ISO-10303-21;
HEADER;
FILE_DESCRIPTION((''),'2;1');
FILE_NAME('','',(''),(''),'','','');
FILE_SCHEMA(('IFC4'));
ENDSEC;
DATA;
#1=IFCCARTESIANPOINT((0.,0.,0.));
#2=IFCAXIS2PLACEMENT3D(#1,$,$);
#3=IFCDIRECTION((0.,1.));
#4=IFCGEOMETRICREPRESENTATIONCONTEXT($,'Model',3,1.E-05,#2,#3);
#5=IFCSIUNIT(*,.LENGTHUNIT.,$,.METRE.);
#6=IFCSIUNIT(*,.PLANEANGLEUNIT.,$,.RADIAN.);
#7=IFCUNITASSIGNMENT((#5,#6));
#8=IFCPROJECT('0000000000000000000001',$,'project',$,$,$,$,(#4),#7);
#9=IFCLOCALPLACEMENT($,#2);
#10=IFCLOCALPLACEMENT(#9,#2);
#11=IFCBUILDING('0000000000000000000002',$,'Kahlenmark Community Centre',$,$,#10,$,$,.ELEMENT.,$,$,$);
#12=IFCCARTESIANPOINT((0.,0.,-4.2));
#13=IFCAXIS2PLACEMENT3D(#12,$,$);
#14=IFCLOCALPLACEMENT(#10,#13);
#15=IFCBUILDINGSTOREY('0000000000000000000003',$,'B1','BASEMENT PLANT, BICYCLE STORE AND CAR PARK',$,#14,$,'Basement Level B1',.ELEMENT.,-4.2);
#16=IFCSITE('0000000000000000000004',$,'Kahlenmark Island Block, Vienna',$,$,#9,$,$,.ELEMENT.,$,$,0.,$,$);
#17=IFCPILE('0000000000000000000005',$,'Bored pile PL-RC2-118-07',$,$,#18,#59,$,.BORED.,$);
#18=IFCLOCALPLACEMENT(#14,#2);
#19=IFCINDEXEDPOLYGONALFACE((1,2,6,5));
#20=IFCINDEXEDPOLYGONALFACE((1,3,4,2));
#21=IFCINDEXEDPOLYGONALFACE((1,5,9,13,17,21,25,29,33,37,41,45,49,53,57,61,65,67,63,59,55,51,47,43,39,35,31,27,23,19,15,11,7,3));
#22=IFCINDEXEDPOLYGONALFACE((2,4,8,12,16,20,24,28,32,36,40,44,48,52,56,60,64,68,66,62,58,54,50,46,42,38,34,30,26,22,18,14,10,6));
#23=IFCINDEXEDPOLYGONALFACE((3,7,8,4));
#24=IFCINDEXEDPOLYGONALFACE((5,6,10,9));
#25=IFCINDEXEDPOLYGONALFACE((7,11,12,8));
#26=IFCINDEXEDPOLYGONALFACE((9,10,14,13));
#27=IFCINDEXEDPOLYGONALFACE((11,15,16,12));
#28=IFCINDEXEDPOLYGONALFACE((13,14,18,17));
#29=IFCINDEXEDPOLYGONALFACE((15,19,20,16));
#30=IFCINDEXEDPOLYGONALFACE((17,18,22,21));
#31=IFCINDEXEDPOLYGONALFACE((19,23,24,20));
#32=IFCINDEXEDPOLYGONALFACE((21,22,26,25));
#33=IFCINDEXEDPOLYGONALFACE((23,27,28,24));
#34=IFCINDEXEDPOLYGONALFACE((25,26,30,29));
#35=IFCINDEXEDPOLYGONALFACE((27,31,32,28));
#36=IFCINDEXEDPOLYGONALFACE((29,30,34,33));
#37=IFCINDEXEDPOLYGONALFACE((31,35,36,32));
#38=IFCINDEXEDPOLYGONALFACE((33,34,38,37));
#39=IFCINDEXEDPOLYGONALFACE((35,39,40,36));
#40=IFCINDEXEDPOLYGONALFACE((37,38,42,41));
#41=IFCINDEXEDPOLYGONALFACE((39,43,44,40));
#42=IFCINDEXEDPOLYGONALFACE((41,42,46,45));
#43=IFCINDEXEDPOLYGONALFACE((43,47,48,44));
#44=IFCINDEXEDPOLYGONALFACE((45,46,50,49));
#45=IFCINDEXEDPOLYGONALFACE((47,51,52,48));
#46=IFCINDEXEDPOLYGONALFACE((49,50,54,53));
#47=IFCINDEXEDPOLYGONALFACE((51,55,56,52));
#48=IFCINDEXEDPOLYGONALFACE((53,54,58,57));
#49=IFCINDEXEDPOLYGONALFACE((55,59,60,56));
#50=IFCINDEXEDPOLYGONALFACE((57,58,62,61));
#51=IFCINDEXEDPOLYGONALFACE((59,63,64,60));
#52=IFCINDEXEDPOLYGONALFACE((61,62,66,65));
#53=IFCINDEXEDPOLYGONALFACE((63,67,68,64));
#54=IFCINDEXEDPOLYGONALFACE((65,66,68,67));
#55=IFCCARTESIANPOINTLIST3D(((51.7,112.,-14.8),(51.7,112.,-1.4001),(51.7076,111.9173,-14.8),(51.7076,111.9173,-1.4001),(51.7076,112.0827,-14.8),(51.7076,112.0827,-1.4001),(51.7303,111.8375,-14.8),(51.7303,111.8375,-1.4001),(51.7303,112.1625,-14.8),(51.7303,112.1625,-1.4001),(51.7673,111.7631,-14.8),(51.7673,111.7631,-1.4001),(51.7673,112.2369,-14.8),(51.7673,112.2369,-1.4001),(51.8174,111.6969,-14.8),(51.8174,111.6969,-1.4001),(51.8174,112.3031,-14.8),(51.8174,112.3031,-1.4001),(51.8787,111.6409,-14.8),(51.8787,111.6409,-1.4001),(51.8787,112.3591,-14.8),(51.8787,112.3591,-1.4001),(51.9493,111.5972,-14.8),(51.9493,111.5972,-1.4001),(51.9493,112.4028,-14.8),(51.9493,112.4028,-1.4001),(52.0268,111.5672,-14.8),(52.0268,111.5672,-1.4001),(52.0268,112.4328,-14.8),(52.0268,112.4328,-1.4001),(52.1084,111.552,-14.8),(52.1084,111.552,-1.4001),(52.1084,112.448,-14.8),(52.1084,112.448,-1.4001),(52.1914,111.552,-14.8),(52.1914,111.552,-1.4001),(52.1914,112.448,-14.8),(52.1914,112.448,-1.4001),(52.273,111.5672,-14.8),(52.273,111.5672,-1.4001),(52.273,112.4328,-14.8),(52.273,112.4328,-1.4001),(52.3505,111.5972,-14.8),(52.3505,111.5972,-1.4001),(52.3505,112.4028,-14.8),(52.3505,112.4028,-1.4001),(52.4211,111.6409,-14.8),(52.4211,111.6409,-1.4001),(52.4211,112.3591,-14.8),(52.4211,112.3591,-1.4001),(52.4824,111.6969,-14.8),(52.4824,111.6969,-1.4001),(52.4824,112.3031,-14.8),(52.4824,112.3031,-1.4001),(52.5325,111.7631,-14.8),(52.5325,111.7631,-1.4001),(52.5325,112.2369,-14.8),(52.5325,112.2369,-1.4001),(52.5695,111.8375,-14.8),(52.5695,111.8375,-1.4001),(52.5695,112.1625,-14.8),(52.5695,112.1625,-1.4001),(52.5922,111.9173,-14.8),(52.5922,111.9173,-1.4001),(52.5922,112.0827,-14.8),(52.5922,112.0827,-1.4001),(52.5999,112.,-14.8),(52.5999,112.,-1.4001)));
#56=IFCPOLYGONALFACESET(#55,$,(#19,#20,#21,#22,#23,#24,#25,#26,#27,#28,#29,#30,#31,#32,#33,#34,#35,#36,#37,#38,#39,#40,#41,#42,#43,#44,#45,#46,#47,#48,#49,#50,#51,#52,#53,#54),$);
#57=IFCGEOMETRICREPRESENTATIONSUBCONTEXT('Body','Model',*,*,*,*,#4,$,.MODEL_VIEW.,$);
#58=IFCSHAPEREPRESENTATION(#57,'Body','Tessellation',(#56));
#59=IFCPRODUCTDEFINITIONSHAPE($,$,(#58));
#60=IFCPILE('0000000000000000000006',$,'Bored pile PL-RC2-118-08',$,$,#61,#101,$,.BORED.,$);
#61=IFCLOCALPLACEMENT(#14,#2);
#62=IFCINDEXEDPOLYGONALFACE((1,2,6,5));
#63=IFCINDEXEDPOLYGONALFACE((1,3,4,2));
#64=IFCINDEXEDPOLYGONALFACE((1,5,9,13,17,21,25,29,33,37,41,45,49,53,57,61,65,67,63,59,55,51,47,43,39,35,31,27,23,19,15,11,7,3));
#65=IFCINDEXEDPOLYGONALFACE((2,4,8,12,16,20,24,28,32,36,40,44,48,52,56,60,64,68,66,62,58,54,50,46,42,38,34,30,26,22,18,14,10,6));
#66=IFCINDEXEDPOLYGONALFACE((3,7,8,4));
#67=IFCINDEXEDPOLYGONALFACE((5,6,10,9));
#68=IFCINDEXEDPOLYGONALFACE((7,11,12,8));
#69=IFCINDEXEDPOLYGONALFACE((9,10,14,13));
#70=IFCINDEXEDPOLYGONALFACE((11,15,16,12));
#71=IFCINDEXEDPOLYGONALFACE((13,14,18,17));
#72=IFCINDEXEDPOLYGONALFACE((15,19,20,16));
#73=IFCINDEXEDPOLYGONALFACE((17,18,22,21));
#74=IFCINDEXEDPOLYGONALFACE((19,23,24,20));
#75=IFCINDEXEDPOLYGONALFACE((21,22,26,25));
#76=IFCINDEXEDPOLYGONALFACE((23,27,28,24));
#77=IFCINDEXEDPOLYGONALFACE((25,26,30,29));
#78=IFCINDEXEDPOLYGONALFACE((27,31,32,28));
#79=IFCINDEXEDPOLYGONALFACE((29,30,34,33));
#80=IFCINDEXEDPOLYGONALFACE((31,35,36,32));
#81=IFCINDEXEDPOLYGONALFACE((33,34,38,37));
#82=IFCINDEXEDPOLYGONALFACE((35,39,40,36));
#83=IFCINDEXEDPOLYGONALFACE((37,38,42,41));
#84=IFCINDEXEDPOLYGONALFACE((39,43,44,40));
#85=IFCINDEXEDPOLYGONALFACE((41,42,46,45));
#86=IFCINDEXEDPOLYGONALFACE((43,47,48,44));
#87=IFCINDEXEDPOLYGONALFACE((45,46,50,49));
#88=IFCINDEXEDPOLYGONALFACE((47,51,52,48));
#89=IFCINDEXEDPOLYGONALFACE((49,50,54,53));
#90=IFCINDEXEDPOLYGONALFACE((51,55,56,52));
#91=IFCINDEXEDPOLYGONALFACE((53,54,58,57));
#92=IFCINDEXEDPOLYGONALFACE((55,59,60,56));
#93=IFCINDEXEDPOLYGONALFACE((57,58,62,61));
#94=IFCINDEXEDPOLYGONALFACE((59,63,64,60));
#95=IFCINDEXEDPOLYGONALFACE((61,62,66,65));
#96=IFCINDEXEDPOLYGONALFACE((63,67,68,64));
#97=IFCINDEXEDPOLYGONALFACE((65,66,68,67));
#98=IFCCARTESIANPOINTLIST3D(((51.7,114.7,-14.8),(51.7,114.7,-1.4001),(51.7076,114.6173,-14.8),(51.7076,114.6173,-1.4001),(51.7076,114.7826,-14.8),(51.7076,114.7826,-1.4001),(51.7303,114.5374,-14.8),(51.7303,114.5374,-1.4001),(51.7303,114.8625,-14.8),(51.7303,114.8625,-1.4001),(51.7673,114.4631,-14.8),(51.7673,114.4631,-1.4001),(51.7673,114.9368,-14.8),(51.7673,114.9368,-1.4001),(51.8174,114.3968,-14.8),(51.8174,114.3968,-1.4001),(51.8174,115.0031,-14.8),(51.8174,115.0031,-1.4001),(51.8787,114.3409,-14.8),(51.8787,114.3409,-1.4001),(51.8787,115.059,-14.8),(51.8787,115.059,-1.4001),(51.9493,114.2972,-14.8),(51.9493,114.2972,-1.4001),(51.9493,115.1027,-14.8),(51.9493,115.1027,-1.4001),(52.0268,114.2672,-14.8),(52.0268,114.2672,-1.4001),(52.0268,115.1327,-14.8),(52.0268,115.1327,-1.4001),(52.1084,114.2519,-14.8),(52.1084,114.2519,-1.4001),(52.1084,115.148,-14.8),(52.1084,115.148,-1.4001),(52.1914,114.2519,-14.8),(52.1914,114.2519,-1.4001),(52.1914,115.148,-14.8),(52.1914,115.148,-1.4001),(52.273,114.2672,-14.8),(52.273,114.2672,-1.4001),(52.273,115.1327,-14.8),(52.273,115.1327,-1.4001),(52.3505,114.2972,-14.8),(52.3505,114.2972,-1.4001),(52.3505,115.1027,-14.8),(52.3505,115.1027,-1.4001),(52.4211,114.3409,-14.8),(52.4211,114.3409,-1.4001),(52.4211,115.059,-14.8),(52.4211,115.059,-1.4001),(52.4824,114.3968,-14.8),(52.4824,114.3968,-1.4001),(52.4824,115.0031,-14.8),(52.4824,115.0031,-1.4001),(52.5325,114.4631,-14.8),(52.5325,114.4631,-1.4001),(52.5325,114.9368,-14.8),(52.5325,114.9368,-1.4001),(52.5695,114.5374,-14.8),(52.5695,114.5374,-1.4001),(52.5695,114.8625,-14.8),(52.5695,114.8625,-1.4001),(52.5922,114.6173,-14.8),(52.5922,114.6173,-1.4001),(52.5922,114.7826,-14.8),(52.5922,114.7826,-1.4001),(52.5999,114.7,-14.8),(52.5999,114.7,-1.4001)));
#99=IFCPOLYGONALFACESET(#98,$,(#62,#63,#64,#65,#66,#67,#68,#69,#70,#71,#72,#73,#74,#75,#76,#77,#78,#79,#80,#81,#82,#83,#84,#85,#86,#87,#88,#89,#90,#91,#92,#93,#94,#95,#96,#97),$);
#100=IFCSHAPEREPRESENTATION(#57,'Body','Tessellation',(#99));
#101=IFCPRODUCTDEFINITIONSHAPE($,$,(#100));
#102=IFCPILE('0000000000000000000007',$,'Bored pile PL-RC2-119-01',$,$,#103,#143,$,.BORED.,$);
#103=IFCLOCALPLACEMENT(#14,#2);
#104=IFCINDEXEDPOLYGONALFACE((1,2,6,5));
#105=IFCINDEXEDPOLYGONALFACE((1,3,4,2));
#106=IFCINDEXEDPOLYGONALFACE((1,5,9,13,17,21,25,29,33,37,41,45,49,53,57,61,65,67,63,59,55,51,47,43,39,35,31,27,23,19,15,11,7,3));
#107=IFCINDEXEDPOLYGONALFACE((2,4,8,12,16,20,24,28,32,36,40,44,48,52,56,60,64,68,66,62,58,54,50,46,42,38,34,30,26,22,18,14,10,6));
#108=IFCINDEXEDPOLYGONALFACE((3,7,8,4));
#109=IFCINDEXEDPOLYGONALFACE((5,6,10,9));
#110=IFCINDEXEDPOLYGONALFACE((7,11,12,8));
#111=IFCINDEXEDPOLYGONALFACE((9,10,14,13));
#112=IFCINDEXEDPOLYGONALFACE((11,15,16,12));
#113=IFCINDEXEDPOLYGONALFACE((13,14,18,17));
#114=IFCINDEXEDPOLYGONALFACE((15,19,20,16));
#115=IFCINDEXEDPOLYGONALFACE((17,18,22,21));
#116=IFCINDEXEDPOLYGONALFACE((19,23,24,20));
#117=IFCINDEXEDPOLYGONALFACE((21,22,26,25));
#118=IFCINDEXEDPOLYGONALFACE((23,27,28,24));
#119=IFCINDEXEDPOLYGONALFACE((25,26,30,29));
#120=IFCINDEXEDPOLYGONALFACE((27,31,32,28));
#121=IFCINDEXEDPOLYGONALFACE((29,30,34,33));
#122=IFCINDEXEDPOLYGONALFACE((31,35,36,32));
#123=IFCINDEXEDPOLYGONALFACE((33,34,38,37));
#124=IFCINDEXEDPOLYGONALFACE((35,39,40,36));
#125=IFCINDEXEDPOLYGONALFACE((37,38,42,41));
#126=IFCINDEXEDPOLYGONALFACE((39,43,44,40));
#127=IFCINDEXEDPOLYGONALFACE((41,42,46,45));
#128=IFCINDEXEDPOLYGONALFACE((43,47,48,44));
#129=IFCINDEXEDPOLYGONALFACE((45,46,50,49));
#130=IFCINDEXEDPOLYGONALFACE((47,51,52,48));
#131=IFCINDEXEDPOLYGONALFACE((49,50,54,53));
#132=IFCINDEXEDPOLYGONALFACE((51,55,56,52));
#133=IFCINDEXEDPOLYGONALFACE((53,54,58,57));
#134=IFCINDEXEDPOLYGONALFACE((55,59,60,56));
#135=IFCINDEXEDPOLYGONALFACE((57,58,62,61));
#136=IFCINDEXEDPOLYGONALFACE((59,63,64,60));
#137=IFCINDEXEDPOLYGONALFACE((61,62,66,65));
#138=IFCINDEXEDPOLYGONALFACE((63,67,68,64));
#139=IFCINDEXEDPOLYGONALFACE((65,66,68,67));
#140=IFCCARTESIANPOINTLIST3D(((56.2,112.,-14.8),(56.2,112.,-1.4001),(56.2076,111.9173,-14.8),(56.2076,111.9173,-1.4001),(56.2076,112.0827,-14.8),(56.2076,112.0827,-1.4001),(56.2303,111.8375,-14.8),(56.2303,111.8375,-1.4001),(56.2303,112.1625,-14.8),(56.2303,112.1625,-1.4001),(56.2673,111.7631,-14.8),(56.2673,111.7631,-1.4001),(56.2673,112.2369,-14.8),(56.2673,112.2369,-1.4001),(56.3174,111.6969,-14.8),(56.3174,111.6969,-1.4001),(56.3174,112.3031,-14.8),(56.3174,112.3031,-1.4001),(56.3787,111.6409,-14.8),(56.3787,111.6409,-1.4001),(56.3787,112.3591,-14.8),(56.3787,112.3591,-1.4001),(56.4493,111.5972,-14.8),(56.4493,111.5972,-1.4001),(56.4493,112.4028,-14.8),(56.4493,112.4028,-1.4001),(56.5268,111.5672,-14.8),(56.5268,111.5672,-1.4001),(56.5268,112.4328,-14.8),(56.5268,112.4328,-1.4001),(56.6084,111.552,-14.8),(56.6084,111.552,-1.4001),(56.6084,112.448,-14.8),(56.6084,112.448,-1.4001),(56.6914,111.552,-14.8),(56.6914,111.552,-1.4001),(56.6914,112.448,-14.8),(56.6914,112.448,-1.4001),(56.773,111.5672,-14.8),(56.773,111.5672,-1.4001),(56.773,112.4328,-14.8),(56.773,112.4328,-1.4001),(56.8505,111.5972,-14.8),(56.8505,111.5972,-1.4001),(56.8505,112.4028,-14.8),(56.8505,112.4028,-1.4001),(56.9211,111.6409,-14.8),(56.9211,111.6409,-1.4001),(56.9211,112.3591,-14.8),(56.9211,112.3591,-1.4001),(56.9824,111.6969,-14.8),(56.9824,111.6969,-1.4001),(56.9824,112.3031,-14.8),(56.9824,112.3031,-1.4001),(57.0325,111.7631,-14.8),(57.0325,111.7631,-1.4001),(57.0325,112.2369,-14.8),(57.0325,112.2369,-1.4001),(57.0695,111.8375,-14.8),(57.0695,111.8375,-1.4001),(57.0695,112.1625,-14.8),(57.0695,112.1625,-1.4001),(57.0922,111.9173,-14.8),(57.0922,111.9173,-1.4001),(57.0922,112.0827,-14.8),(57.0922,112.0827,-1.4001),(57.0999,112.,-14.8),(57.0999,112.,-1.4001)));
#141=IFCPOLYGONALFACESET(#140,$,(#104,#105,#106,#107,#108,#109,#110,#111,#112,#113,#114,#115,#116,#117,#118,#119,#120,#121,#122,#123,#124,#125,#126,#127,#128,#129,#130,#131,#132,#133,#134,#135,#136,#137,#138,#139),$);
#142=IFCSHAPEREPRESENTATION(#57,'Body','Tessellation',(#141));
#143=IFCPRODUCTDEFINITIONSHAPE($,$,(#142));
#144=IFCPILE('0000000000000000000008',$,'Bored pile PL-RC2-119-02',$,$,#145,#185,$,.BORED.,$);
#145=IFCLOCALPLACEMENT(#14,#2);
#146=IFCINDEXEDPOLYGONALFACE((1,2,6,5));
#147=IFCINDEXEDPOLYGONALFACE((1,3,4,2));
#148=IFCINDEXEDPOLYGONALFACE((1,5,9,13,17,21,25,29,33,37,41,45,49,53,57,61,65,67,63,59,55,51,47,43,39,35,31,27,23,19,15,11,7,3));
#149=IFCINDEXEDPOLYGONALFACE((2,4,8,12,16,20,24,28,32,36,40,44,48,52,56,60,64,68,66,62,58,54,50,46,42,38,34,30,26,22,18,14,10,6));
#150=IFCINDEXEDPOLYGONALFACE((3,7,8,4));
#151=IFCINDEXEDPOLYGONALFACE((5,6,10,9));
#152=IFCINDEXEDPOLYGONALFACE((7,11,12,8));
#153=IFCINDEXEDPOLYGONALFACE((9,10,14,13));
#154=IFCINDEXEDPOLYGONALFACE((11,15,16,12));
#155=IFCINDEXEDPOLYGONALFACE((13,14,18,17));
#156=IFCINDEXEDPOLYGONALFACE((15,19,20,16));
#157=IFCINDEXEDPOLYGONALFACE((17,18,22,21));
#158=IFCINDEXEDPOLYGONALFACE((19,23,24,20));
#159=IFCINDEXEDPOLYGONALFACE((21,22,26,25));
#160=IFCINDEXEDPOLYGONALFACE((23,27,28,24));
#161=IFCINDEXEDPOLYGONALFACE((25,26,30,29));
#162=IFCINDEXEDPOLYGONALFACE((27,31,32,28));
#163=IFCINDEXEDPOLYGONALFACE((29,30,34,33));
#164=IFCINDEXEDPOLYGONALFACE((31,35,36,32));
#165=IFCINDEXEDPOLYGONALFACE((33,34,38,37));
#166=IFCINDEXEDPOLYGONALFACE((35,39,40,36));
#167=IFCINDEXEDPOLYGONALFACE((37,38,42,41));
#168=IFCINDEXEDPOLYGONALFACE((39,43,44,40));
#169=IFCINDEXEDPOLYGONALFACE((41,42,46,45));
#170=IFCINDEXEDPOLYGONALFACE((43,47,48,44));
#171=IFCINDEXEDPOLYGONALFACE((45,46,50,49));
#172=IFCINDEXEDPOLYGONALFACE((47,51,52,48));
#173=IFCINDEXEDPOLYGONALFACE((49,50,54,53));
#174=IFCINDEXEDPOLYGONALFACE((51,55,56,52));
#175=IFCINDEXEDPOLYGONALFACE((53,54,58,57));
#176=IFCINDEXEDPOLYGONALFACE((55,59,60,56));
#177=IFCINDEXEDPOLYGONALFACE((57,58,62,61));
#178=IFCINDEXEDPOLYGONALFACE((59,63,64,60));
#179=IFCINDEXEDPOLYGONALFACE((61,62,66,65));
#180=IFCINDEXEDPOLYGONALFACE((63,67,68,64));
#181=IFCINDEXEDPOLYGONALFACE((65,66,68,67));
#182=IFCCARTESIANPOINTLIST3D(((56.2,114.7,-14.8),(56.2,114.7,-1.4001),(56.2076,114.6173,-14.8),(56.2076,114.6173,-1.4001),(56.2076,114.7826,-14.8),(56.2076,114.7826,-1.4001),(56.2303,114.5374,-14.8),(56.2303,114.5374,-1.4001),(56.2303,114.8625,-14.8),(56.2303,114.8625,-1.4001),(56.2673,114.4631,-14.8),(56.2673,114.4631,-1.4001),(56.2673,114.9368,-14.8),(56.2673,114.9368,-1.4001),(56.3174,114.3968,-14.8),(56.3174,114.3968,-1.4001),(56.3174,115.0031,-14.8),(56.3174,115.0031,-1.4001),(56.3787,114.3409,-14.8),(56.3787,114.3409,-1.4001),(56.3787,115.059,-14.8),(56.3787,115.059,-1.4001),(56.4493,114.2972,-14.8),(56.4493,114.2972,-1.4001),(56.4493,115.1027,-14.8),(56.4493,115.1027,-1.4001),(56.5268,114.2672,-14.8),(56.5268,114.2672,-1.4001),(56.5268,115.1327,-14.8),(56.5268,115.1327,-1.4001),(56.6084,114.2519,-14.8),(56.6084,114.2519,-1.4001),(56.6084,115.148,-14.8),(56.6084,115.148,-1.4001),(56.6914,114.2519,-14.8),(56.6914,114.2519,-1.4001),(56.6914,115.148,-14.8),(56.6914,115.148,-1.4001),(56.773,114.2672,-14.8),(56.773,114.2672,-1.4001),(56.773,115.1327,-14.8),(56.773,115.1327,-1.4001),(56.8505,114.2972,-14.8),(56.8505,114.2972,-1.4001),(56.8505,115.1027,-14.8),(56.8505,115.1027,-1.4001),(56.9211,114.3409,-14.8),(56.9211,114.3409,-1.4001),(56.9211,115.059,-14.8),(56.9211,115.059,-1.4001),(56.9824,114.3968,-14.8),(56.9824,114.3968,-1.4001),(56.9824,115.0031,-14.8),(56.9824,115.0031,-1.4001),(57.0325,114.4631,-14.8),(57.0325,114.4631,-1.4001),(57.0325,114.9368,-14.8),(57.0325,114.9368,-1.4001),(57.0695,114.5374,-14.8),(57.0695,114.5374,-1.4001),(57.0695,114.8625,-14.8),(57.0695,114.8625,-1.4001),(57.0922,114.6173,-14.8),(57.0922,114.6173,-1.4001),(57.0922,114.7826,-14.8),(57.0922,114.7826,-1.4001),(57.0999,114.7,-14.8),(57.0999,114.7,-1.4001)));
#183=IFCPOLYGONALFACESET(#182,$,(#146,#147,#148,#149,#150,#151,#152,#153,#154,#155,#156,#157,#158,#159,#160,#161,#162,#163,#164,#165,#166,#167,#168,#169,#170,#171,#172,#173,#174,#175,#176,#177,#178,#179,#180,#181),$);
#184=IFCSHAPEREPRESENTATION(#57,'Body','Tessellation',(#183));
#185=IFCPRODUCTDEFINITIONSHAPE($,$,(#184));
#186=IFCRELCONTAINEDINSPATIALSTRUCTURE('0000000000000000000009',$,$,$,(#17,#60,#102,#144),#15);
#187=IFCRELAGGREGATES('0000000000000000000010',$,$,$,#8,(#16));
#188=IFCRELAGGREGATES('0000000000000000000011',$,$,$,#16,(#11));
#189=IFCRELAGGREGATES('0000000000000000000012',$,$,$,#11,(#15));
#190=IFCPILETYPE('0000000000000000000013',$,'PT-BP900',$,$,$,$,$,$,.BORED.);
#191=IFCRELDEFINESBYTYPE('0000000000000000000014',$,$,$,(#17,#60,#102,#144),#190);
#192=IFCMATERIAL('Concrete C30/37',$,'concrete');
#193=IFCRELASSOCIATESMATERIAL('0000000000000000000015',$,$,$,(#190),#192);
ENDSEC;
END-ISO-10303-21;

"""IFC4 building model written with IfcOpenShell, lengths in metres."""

from ifc_helpers import new_model, si_unit, direction, frame, origin, origin_2d, place, context, subcontext, project, spatial, circle, extrude, material, material_profile, profile_set, type_object, element, save


model = new_model("IFC4")

# Units and contexts
model_context = context("Model", 3, precision=1e-05, world=origin(), true_north=direction((0.0, 1.0)))
body_context = subcontext(model_context, "Body", "Model", "MODEL_VIEW")
ifc_project = project(units=[si_unit("LENGTHUNIT", "METRE"), si_unit("PLANEANGLEUNIT", "RADIAN")], contexts=[model_context])

# Site, building, storey
site_placement = place(None, origin())
site = spatial("IfcSite", under=ifc_project, at=site_placement, Name="Kahlenmark Island Block, Vienna", CompositionType="ELEMENT", RefElevation=0.0)
building_placement = place(site_placement, origin())
building = spatial("IfcBuilding", under=site, at=building_placement, Name="Kahlenmark Community Centre", CompositionType="ELEMENT")
storey_placement = place(building_placement, frame((0.0, 0.0, -4.2)))
storey = spatial("IfcBuildingStorey", under=building, at=storey_placement, Name="B1", Description="BASEMENT PLANT, BICYCLE STORE AND CAR PARK", LongName="Basement Level B1", CompositionType="ELEMENT", Elevation=-4.2)

# Shared definitions
ifc_material_1 = material(Name="Concrete C30/37", Category="concrete")

# Piles
ifc_material_profile_1 = material_profile(ifc_material_1, circle(Radius=0.45, at=origin_2d()), Name="BORED PILE 900")
ifc_profile_set_1 = profile_set([ifc_material_profile_1], Name="Concrete C30/37")
pile_type_1 = type_object("IfcPileType", Name="PT-BP900", PredefinedType="BORED", material=ifc_profile_set_1)
for number, where, z_axis, x_axis, name in (
    (1, (52.1499, 112.0, -1.4001), (0.0, 0.0, -1.0), (1.0, 0.0, 0.0), "Bored pile PL-RC2-118-07"),
    (2, (52.1499, 114.7, -1.4001), (0.0, 0.0, -1.0), (1.0, 0.0, 0.0), "Bored pile PL-RC2-118-08"),
    (3, (56.6499, 112.0, -1.4001), (0.0, 0.0, -1.0), (1.0, 0.0, 0.0), "Bored pile PL-RC2-119-01"),
    (4, (56.6499, 114.7, -1.4001), (0.0, 0.0, -1.0), (1.0, 0.0, 0.0), "Bored pile PL-RC2-119-02"),
):
    element("IfcPile", number, at=place(storey_placement, frame(where, z_axis=z_axis, x_axis=x_axis)), inside=storey, type_object=pile_type_1, Name=name, PredefinedType="BORED", context=body_context, shape_type="SweptSolid", body=[
        extrude(circle(Radius=0.45, at=origin_2d()), origin(), (0.0, 0.0, 1.0), 13.3999),
    ])

save(model, "model.ifc")
